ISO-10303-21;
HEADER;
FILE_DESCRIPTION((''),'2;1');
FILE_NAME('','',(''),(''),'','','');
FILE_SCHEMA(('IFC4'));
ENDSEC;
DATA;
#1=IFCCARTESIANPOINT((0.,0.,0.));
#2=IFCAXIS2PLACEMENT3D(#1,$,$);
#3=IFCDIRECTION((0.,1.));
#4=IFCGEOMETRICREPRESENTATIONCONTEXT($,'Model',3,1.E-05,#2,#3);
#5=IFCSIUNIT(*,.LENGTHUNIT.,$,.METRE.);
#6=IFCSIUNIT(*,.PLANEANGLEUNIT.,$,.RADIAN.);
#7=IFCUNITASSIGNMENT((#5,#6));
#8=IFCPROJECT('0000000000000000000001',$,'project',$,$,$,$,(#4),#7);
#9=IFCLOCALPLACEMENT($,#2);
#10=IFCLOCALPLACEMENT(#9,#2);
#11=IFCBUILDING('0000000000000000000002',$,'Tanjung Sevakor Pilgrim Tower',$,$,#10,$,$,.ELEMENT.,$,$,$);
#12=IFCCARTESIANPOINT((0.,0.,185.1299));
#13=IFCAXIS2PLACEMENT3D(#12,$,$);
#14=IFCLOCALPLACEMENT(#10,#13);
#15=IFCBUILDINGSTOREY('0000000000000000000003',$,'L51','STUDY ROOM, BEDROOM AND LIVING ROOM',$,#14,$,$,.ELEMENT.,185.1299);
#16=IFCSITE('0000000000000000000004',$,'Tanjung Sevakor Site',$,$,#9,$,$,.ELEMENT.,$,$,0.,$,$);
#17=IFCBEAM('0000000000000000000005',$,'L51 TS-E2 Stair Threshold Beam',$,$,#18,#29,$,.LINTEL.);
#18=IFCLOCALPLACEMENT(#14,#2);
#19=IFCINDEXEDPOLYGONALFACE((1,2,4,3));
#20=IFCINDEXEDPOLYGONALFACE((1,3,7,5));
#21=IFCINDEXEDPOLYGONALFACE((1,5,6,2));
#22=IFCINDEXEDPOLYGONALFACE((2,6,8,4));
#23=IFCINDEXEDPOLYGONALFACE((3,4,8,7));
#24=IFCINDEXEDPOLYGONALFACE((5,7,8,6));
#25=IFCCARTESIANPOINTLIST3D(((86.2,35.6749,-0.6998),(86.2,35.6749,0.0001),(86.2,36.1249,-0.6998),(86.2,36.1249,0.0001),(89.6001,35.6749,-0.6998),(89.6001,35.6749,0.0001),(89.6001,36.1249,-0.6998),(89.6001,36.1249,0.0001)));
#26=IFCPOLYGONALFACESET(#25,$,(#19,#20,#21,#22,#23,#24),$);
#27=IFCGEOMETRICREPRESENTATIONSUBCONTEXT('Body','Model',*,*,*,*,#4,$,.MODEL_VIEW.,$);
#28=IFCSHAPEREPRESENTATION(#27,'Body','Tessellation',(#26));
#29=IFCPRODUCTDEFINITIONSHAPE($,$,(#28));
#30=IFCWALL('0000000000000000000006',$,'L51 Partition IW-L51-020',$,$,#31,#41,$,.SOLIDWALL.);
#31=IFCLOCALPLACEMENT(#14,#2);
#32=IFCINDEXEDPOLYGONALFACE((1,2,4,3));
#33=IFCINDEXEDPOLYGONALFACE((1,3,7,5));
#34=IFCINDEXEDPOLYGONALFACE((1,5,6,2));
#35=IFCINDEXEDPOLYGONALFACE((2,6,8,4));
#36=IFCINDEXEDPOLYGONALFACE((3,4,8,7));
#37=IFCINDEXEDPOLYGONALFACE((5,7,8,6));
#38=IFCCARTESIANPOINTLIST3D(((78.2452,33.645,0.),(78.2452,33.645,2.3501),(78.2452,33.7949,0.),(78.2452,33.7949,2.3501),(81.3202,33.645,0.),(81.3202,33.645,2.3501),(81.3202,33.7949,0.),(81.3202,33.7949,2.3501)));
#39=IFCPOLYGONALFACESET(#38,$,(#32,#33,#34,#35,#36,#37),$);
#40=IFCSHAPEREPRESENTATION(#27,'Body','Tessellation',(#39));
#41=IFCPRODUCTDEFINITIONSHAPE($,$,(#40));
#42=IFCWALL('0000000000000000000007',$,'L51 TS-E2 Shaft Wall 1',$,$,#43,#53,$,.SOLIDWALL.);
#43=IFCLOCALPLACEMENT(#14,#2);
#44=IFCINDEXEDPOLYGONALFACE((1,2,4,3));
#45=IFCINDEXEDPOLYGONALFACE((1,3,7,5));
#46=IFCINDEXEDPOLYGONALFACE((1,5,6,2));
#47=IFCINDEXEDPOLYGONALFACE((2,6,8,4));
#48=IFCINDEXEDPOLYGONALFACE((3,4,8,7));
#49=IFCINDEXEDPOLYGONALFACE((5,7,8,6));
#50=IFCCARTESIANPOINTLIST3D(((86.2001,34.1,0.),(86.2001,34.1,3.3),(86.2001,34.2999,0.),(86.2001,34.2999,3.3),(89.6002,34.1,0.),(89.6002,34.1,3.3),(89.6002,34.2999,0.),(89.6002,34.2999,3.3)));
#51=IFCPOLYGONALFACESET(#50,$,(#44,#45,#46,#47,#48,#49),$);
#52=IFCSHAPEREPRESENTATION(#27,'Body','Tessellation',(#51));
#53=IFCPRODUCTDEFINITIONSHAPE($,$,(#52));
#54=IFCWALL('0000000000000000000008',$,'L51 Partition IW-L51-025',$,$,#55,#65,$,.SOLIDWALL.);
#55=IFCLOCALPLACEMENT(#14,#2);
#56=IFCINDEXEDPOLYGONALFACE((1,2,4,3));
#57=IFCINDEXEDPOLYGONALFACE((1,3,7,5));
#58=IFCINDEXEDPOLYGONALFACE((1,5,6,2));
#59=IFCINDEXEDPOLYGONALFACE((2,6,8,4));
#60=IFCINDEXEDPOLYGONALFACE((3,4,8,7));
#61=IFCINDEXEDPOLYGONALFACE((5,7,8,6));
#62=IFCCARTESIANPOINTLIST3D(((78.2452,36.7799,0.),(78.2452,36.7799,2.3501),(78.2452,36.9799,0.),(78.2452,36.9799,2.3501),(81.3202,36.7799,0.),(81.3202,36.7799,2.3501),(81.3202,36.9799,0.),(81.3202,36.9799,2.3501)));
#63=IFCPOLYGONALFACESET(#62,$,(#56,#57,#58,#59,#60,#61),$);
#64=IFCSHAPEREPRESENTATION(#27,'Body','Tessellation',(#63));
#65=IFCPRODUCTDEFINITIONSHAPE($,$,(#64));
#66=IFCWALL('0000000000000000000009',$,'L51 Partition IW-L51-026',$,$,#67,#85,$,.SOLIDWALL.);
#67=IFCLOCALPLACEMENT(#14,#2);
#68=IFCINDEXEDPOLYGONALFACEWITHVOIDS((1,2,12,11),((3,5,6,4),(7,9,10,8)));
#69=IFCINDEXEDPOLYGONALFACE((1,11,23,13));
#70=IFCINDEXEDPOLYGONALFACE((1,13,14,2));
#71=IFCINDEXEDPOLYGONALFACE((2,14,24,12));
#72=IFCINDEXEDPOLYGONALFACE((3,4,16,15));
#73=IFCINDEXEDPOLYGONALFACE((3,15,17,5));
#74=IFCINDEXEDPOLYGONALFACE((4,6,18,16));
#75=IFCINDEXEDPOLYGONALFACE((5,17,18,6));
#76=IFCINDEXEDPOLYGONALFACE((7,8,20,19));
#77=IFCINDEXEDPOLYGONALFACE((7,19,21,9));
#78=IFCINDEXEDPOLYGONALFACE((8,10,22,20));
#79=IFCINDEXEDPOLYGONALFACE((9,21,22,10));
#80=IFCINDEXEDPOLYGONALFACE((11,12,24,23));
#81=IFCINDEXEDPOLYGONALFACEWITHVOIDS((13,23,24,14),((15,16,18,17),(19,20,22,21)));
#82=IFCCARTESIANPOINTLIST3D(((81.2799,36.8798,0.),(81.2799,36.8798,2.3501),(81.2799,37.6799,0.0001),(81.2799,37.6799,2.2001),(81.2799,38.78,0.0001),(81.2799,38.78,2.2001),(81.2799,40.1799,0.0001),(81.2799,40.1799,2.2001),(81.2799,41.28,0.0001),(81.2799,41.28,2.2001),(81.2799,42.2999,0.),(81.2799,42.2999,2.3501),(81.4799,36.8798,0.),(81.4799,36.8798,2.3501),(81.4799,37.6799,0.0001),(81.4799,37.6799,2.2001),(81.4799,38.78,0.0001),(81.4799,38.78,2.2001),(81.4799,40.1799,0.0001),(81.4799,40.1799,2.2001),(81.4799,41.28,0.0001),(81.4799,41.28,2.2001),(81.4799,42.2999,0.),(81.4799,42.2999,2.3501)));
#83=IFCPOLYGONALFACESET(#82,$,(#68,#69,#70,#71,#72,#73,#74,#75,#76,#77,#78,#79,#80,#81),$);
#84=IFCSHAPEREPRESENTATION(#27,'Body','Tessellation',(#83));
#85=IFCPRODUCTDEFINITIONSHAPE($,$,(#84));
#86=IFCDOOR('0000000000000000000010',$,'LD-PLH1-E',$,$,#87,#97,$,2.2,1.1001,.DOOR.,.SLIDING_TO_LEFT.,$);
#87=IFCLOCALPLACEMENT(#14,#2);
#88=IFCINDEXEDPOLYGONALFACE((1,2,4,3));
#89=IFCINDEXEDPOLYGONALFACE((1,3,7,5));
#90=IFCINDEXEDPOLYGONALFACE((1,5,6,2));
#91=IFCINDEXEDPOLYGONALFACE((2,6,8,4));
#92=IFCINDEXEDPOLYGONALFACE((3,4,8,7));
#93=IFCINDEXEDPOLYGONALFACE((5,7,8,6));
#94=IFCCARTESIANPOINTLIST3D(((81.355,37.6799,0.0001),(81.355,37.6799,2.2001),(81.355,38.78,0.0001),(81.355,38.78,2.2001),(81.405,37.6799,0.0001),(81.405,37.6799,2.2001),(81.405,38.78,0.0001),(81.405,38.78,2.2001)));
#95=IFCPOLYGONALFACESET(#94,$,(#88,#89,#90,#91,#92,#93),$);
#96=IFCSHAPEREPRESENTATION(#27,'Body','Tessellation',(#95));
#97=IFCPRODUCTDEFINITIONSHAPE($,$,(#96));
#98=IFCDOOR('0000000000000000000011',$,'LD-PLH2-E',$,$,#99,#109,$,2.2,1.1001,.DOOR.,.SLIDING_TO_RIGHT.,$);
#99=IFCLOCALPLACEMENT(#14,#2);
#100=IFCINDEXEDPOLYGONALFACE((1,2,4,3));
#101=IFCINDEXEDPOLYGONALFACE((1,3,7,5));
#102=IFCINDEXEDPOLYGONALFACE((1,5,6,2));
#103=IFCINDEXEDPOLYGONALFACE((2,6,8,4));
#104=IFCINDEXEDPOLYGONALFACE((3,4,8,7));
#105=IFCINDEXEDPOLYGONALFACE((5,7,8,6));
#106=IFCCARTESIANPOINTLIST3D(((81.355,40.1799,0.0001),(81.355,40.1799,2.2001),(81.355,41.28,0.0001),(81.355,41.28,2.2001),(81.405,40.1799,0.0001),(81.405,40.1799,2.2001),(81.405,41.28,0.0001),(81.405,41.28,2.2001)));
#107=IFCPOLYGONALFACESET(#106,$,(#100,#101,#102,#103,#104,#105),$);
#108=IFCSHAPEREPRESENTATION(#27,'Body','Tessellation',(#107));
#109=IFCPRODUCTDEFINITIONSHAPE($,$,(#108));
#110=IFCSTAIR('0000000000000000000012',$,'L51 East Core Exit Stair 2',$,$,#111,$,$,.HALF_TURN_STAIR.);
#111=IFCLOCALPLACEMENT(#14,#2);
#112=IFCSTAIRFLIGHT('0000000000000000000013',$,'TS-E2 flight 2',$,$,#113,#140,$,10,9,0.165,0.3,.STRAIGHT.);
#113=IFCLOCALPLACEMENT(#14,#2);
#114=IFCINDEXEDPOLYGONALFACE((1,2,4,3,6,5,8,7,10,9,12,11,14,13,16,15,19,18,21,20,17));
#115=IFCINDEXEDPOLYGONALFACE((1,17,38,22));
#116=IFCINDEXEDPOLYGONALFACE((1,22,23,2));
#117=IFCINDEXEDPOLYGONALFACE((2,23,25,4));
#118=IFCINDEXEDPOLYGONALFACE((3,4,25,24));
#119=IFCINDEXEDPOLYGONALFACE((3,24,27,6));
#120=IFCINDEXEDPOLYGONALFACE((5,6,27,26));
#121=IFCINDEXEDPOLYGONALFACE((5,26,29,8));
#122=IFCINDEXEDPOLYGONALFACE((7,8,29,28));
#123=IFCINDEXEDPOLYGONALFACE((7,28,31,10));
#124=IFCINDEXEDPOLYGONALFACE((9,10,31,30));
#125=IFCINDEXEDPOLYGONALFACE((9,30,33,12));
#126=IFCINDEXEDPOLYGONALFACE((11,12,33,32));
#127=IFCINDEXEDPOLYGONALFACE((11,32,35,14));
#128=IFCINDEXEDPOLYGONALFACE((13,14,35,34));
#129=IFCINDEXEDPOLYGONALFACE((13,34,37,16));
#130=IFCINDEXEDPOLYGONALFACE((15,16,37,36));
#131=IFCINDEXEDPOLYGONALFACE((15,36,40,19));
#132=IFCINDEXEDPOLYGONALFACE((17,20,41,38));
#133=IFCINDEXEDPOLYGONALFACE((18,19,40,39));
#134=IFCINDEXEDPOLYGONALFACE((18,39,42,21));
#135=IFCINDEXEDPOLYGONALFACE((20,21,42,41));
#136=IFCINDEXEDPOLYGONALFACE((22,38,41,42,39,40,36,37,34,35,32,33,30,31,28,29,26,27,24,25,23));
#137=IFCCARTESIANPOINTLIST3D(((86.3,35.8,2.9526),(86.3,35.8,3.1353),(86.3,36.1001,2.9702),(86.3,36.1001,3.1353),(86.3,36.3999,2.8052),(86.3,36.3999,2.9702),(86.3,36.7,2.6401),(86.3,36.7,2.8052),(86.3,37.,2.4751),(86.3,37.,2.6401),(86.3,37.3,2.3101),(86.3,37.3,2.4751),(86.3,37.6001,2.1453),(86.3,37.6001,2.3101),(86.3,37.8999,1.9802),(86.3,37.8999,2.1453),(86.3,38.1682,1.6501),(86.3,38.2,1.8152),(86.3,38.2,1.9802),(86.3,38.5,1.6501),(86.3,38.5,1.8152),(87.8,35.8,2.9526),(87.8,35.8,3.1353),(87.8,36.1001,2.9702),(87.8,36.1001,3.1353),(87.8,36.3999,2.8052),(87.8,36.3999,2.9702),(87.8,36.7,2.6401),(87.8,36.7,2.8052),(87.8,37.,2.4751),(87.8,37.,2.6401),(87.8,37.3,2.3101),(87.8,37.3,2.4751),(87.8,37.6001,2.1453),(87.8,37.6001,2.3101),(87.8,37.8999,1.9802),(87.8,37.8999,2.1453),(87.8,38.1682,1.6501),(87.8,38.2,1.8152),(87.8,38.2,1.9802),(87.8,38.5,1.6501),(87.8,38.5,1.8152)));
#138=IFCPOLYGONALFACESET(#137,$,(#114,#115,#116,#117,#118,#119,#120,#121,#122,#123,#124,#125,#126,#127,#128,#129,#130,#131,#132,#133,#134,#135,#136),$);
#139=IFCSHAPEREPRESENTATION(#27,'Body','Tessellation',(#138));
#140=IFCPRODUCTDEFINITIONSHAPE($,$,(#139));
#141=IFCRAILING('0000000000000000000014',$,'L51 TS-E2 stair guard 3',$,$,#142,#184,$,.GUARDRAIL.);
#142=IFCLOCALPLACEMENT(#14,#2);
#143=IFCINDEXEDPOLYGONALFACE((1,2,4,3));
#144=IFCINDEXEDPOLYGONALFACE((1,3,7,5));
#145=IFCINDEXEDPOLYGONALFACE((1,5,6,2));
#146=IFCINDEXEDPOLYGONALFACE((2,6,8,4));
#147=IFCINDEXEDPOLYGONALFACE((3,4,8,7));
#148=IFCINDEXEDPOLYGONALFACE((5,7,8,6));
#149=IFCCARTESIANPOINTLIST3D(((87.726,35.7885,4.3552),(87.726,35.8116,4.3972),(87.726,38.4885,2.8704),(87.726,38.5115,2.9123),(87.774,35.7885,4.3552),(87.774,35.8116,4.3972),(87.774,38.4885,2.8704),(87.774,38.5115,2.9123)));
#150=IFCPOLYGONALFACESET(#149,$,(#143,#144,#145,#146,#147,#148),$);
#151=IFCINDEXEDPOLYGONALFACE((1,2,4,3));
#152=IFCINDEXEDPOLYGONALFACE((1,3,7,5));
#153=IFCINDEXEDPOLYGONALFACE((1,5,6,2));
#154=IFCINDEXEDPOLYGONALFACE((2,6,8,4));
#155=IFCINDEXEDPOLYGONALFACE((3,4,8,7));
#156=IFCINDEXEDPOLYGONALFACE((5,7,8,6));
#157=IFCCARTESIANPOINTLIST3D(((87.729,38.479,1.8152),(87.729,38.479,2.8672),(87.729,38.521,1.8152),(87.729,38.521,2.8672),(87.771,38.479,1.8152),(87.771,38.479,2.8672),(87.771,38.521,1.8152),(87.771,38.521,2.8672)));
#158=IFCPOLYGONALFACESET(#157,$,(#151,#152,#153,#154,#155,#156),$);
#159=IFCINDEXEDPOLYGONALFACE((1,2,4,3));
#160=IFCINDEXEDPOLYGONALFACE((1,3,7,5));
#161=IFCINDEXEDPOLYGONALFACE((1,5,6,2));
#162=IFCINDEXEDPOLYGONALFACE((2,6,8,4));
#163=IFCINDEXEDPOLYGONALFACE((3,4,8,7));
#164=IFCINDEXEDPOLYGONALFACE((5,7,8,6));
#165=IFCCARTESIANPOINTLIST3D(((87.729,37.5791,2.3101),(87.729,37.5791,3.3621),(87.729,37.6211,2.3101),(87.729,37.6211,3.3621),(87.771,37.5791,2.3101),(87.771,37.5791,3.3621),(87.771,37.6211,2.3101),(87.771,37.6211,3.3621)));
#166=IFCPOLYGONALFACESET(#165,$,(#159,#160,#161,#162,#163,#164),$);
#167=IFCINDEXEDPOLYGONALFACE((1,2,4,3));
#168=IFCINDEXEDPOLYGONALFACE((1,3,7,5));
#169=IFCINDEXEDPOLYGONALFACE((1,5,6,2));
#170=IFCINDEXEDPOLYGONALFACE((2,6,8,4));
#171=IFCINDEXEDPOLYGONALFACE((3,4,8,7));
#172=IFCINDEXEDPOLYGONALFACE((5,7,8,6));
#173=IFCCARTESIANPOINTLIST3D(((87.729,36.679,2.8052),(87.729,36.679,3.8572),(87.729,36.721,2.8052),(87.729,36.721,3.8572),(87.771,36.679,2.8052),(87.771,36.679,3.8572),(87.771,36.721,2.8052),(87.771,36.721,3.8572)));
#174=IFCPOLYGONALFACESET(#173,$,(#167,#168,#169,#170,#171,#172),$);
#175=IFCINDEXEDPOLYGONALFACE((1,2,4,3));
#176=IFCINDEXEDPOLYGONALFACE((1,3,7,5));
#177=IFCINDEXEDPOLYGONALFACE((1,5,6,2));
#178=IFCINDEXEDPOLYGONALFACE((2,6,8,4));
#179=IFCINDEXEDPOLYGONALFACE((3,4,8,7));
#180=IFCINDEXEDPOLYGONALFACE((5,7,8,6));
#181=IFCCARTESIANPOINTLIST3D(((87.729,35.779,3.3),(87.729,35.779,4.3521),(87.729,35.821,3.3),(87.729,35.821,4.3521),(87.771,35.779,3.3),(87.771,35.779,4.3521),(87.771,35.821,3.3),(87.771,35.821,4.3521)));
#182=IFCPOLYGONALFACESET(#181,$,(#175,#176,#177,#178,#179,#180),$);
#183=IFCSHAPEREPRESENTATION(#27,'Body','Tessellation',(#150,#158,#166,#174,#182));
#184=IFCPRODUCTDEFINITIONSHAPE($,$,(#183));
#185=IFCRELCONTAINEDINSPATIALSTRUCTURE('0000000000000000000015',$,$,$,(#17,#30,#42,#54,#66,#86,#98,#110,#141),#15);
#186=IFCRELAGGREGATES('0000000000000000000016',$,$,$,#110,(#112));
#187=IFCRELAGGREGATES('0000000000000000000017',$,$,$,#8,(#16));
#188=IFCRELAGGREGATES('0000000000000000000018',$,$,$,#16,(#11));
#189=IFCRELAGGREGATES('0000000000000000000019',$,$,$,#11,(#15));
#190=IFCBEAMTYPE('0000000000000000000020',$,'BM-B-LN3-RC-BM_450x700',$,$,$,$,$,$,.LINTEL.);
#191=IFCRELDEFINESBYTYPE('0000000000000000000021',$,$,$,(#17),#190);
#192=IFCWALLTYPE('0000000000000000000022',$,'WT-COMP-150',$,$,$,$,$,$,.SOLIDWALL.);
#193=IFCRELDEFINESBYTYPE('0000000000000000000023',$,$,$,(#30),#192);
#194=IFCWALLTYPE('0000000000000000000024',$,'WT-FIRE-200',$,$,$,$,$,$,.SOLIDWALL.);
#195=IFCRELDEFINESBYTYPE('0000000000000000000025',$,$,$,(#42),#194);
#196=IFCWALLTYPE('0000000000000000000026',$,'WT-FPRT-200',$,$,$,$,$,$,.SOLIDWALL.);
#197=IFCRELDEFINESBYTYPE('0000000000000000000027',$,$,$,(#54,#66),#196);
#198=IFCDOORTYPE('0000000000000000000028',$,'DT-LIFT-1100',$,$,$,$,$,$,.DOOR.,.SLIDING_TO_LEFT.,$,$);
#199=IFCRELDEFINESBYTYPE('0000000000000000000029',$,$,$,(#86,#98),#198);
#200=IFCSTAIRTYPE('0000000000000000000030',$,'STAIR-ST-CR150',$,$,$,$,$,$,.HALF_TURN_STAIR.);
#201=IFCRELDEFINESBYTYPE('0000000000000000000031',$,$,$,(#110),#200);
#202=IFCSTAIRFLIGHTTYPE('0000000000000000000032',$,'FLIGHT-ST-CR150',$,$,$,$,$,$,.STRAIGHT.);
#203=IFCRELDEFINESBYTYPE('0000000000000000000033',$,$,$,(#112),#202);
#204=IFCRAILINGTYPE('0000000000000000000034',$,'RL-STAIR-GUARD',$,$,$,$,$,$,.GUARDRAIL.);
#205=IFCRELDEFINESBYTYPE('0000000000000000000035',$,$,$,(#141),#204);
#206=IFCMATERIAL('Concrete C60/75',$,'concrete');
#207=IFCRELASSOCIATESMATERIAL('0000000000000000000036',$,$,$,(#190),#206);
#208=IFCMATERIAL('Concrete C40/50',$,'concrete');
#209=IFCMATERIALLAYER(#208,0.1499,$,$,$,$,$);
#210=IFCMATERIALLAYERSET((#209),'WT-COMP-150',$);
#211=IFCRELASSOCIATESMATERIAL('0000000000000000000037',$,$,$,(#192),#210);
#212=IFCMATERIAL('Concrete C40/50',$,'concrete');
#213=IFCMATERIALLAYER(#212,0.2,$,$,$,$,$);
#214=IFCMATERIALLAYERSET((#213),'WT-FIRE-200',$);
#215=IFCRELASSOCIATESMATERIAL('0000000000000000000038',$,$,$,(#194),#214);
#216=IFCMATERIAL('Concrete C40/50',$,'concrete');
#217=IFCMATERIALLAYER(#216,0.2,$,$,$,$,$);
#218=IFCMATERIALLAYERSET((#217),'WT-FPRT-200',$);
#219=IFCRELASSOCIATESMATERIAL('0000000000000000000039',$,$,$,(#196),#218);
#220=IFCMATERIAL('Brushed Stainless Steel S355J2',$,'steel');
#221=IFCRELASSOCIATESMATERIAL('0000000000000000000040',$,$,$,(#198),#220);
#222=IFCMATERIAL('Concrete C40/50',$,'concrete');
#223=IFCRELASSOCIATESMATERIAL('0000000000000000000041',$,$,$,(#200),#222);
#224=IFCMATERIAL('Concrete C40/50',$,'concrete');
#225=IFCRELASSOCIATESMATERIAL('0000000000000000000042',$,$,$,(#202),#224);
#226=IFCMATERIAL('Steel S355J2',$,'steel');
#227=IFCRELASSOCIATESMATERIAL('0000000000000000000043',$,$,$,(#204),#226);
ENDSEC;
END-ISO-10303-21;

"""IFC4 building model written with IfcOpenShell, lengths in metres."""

from ifc_helpers import new_model, si_unit, direction, frame, frame_2d, origin, origin_2d, place, context, subcontext, project, spatial, polyline, rectangle, outline, extrude, material, layer, layer_set, material_profile, profile_set, type_object, element, fill, aggregate, save


model = new_model("IFC4")

# Units and contexts
model_context = context("Model", 3, precision=1e-05, world=origin(), true_north=direction((0.0, 1.0)))
body_context = subcontext(model_context, "Body", "Model", "MODEL_VIEW")
ifc_project = project(units=[si_unit("LENGTHUNIT", "METRE"), si_unit("PLANEANGLEUNIT", "RADIAN")], contexts=[model_context])

# Site, building, storey
site_placement = place(None, origin())
site = spatial("IfcSite", under=ifc_project, at=site_placement, Name="Tanjung Sevakor Site", CompositionType="ELEMENT", RefElevation=0.0)
building_placement = place(site_placement, origin())
building = spatial("IfcBuilding", under=site, at=building_placement, Name="Tanjung Sevakor Pilgrim Tower", CompositionType="ELEMENT")
storey_placement = place(building_placement, frame((0.0, 0.0, 185.1299)))
storey = spatial("IfcBuildingStorey", under=building, at=storey_placement, Name="L51", Description="STUDY ROOM, BEDROOM AND LIVING ROOM", CompositionType="ELEMENT", Elevation=185.1299)

# Beam
ifc_material_1 = material(Name="Concrete C60/75", Category="concrete")
ifc_material_profile = material_profile(ifc_material_1, rectangle(XDim=0.45, YDim=0.7, at=origin_2d()))
ifc_profile_set = profile_set([ifc_material_profile], Name="Concrete C60/75")
beam_type = type_object("IfcBeamType", Name="BM-B-LN3-RC-BM_450x700", PredefinedType="LINTEL", material=ifc_profile_set)
beam_placement = place(storey_placement, frame((86.2, 35.8999, -0.3499), z_axis=(1.0, 0.0, 0.0), x_axis=(0.0, 1.0, 0.0)))
element("IfcBeam", 1, at=beam_placement, inside=storey, type_object=beam_type, Name="L51 TS-E2 Stair Threshold Beam", PredefinedType="LINTEL", context=body_context, shape_type="SweptSolid", body=[
    extrude(rectangle(XDim=0.45, YDim=0.7, at=origin_2d()), origin(), (0.0, 0.0, 1.0), 3.4001),
])

# Wall
ifc_material_2 = material(Name="Concrete C40/50", Category="concrete")
ifc_layer_1 = layer(ifc_material_2, 0.1499)
ifc_layer_set_1 = layer_set([ifc_layer_1], Name="WT-COMP-150")
wall_type_1 = type_object("IfcWallType", Name="WT-COMP-150", PredefinedType="SOLIDWALL", material=ifc_layer_set_1)
wall_1_placement = place(storey_placement, frame((78.2451, 33.72, 0.0), z_axis=(0.0, 0.0, 1.0), x_axis=(1.0, 0.0, 0.0)))
element("IfcWall", 2, at=wall_1_placement, inside=storey, type_object=wall_type_1, Name="L51 Partition IW-L51-020", PredefinedType="SOLIDWALL", context=body_context, shape_type="SweptSolid", body=[
    extrude(rectangle(XDim=3.075, YDim=0.1499, at=frame_2d((1.5376, 0.0))), origin(), (0.0, 0.0, 1.0), 2.3501),
])

# Walls
ifc_material_3 = material(Name="Concrete C40/50", Category="concrete")
ifc_layer_2 = layer(ifc_material_3, 0.2)
ifc_layer_set_2 = layer_set([ifc_layer_2], Name="WT-FIRE-200")
wall_type_2 = type_object("IfcWallType", Name="WT-FIRE-200", PredefinedType="SOLIDWALL", material=ifc_layer_set_2)
wall_2_placement = place(storey_placement, frame((86.2, 34.2, 0.0), z_axis=(0.0, 0.0, 1.0), x_axis=(1.0, 0.0, 0.0)))
element("IfcWall", 3, at=wall_2_placement, inside=storey, type_object=wall_type_2, Name="L51 TS-E2 Shaft Wall 1", PredefinedType="SOLIDWALL", context=body_context, shape_type="SweptSolid", body=[
    extrude(rectangle(XDim=3.4001, YDim=0.2, at=frame_2d((1.7002, 0.0))), origin(), (0.0, 0.0, 1.0), 3.3),
])
ifc_material_4 = material(Name="Concrete C40/50", Category="concrete")
ifc_layer_3 = layer(ifc_material_4, 0.2)
ifc_layer_set_3 = layer_set([ifc_layer_3], Name="WT-FPRT-200")
wall_type_3 = type_object("IfcWallType", Name="WT-FPRT-200", PredefinedType="SOLIDWALL", material=ifc_layer_set_3)
wall_3_placement = place(storey_placement, frame((78.2451, 36.8799, 0.0), z_axis=(0.0, 0.0, 1.0), x_axis=(1.0, 0.0, 0.0)))
element("IfcWall", 4, at=wall_3_placement, inside=storey, type_object=wall_type_3, Name="L51 Partition IW-L51-025", PredefinedType="SOLIDWALL", context=body_context, shape_type="SweptSolid", body=[
    extrude(rectangle(XDim=3.075, YDim=0.2, at=frame_2d((1.5376, 0.0))), origin(), (0.0, 0.0, 1.0), 2.3501),
])

# Wall, openings, doors
wall_4_placement = place(storey_placement, frame((81.3799, 36.8799, 0.0), z_axis=(0.0, 0.0, 1.0), x_axis=(0.0, 1.0, 0.0)))
wall_4 = element("IfcWall", 5, at=wall_4_placement, inside=storey, type_object=wall_type_3, Name="L51 Partition IW-L51-026", PredefinedType="SOLIDWALL", context=body_context, shape_type="SweptSolid", body=[
    extrude(rectangle(XDim=5.4202, YDim=0.2, at=frame_2d((2.71, 0.0))), origin(), (0.0, 0.0, 1.0), 2.3501),
])
opening_1_placement = place(wall_4_placement, frame((0.8, 0.0, 0.0)))
opening_1 = element("IfcOpeningElement", 6, at=opening_1_placement, cuts=wall_4, PredefinedType="OPENING", context=body_context, shape_type="SweptSolid", body=[
    extrude(rectangle(XDim=1.1001, YDim=2.2, at=frame_2d((0.55, 1.1001))), frame((0.0, 0.1099, 0.0), z_axis=(0.0, -1.0, 0.0), x_axis=(1.0, 0.0, 0.0)), (0.0, 0.0, 1.0), 0.22),
])
opening_2_placement = place(wall_4_placement, frame((3.3, 0.0, 0.0)))
opening_2 = element("IfcOpeningElement", 7, at=opening_2_placement, cuts=wall_4, PredefinedType="OPENING", context=body_context, shape_type="SweptSolid", body=[
    extrude(rectangle(XDim=1.1001, YDim=2.2, at=frame_2d((0.55, 1.1001))), frame((0.0, 0.1099, 0.0), z_axis=(0.0, -1.0, 0.0), x_axis=(1.0, 0.0, 0.0)), (0.0, 0.0, 1.0), 0.22),
])
ifc_material_5 = material(Name="Brushed Stainless Steel S355J2", Category="steel")
door_type_1 = type_object("IfcDoorType", Name="DT-LIFT-1100", OperationType="SLIDING_TO_LEFT", PredefinedType="DOOR", material=ifc_material_5)
door_1_placement = place(opening_1_placement, origin())
door_1 = element("IfcDoor", 8, at=door_1_placement, inside=storey, type_object=door_type_1, Name="LD-PLH1-E", OperationType="SLIDING_TO_LEFT", OverallHeight=2.2, OverallWidth=1.1001, PredefinedType="DOOR", context=body_context, shape_type="SweptSolid", body=[
    extrude(rectangle(XDim=1.1001, YDim=2.2, at=frame_2d((0.55, 1.1001))), frame((0.0, 0.0249, 0.0), z_axis=(0.0, -1.0, 0.0), x_axis=(1.0, 0.0, 0.0)), (0.0, 0.0, 1.0), 0.05),
])
fill(opening_1, door_1)
door_2_placement = place(opening_2_placement, origin())
door_2 = element("IfcDoor", 9, at=door_2_placement, inside=storey, type_object=door_type_1, Name="LD-PLH2-E", OperationType="SLIDING_TO_RIGHT", OverallHeight=2.2, OverallWidth=1.1001, PredefinedType="DOOR", context=body_context, shape_type="SweptSolid", body=[
    extrude(rectangle(XDim=1.1001, YDim=2.2, at=frame_2d((0.55, 1.1001))), frame((0.0, 0.0249, 0.0), z_axis=(0.0, -1.0, 0.0), x_axis=(1.0, 0.0, 0.0)), (0.0, 0.0, 1.0), 0.05),
])
fill(opening_2, door_2)

# Stair, stair flight
ifc_material_6 = material(Name="Concrete C40/50", Category="concrete")
stair_type = type_object("IfcStairType", Name="STAIR-ST-CR150", PredefinedType="HALF_TURN_STAIR", material=ifc_material_6)
stair_placement = place(storey_placement, origin())
stair = element("IfcStair", 10, at=stair_placement, inside=storey, type_object=stair_type, Name="L51 East Core Exit Stair 2", PredefinedType="HALF_TURN_STAIR")
ifc_material_7 = material(Name="Concrete C40/50", Category="concrete")
stair_flight_type = type_object("IfcStairFlightType", Name="FLIGHT-ST-CR150", PredefinedType="STRAIGHT", material=ifc_material_7)
stair_flight_placement = place(storey_placement, frame((87.05, 38.5, 1.6501), z_axis=(0.0, 0.0, 1.0), x_axis=(0.0, -1.0, 0.0)))
stair_flight = element("IfcStairFlight", 11, at=stair_flight_placement, type_object=stair_flight_type, Name="TS-E2 flight 2", NumberOfRisers=10, NumberOfTreads=9, PredefinedType="STRAIGHT", RiserHeight=0.165, TreadLength=0.3, context=body_context, shape_type="SweptSolid", body=[
    extrude(outline(polyline([(0.0, 0.0), (0.0, 0.165), (0.3, 0.165), (0.3, 0.3301), (0.6001, 0.3301), (0.6001, 0.4951), (0.8999, 0.4951), (0.8999, 0.6599), (1.2, 0.6599), (1.2, 0.825), (1.5, 0.825), (1.5, 0.99), (1.8, 0.99), (1.8, 1.155), (2.1001, 1.155), (2.1001, 1.3201), (2.3999, 1.3201), (2.3999, 1.4851), (2.7, 1.4851), (2.7, 1.6499), (2.7, 1.3025), (0.3318, 0.0), (0.0, 0.0)])), frame((0.0, 0.75, 0.0), z_axis=(0.0, -1.0, 0.0), x_axis=(1.0, 0.0, 0.0)), (0.0, 0.0, 1.0), 1.5),
])
aggregate(stair, [stair_flight])

# Railing
ifc_material_8 = material(Name="Steel S355J2", Category="steel")
railing_type_1 = type_object("IfcRailingType", Name="RL-STAIR-GUARD", PredefinedType="GUARDRAIL", material=ifc_material_8)
railing_1_placement = place(storey_placement, frame((87.75, 38.5, 1.8152)))
element("IfcRailing", 12, at=railing_1_placement, inside=storey, type_object=railing_type_1, Name="L51 TS-E2 stair guard 3", PredefinedType="GUARDRAIL", context=body_context, shape_type="SweptSolid", body=[
    extrude(rectangle(XDim=0.0479, YDim=0.0479), frame((0.0, 0.0, 1.0762), z_axis=(0.0, -0.876231, 0.481891), x_axis=(1.0, 0.0, 0.0)), (0.0, 0.0, 1.0), 3.0813),
    extrude(rectangle(XDim=0.042, YDim=0.042), origin(), (0.0, 0.0, 1.0), 1.052),
    extrude(rectangle(XDim=0.042, YDim=0.042), frame((0.0, -0.8999, 0.4949)), (0.0, 0.0, 1.0), 1.052),
    extrude(rectangle(XDim=0.042, YDim=0.042), frame((0.0, -1.8, 0.99)), (0.0, 0.0, 1.0), 1.052),
    extrude(rectangle(XDim=0.042, YDim=0.042), frame((0.0, -2.7, 1.4849)), (0.0, 0.0, 1.0), 1.052),
])

save(model, "model.ifc")
